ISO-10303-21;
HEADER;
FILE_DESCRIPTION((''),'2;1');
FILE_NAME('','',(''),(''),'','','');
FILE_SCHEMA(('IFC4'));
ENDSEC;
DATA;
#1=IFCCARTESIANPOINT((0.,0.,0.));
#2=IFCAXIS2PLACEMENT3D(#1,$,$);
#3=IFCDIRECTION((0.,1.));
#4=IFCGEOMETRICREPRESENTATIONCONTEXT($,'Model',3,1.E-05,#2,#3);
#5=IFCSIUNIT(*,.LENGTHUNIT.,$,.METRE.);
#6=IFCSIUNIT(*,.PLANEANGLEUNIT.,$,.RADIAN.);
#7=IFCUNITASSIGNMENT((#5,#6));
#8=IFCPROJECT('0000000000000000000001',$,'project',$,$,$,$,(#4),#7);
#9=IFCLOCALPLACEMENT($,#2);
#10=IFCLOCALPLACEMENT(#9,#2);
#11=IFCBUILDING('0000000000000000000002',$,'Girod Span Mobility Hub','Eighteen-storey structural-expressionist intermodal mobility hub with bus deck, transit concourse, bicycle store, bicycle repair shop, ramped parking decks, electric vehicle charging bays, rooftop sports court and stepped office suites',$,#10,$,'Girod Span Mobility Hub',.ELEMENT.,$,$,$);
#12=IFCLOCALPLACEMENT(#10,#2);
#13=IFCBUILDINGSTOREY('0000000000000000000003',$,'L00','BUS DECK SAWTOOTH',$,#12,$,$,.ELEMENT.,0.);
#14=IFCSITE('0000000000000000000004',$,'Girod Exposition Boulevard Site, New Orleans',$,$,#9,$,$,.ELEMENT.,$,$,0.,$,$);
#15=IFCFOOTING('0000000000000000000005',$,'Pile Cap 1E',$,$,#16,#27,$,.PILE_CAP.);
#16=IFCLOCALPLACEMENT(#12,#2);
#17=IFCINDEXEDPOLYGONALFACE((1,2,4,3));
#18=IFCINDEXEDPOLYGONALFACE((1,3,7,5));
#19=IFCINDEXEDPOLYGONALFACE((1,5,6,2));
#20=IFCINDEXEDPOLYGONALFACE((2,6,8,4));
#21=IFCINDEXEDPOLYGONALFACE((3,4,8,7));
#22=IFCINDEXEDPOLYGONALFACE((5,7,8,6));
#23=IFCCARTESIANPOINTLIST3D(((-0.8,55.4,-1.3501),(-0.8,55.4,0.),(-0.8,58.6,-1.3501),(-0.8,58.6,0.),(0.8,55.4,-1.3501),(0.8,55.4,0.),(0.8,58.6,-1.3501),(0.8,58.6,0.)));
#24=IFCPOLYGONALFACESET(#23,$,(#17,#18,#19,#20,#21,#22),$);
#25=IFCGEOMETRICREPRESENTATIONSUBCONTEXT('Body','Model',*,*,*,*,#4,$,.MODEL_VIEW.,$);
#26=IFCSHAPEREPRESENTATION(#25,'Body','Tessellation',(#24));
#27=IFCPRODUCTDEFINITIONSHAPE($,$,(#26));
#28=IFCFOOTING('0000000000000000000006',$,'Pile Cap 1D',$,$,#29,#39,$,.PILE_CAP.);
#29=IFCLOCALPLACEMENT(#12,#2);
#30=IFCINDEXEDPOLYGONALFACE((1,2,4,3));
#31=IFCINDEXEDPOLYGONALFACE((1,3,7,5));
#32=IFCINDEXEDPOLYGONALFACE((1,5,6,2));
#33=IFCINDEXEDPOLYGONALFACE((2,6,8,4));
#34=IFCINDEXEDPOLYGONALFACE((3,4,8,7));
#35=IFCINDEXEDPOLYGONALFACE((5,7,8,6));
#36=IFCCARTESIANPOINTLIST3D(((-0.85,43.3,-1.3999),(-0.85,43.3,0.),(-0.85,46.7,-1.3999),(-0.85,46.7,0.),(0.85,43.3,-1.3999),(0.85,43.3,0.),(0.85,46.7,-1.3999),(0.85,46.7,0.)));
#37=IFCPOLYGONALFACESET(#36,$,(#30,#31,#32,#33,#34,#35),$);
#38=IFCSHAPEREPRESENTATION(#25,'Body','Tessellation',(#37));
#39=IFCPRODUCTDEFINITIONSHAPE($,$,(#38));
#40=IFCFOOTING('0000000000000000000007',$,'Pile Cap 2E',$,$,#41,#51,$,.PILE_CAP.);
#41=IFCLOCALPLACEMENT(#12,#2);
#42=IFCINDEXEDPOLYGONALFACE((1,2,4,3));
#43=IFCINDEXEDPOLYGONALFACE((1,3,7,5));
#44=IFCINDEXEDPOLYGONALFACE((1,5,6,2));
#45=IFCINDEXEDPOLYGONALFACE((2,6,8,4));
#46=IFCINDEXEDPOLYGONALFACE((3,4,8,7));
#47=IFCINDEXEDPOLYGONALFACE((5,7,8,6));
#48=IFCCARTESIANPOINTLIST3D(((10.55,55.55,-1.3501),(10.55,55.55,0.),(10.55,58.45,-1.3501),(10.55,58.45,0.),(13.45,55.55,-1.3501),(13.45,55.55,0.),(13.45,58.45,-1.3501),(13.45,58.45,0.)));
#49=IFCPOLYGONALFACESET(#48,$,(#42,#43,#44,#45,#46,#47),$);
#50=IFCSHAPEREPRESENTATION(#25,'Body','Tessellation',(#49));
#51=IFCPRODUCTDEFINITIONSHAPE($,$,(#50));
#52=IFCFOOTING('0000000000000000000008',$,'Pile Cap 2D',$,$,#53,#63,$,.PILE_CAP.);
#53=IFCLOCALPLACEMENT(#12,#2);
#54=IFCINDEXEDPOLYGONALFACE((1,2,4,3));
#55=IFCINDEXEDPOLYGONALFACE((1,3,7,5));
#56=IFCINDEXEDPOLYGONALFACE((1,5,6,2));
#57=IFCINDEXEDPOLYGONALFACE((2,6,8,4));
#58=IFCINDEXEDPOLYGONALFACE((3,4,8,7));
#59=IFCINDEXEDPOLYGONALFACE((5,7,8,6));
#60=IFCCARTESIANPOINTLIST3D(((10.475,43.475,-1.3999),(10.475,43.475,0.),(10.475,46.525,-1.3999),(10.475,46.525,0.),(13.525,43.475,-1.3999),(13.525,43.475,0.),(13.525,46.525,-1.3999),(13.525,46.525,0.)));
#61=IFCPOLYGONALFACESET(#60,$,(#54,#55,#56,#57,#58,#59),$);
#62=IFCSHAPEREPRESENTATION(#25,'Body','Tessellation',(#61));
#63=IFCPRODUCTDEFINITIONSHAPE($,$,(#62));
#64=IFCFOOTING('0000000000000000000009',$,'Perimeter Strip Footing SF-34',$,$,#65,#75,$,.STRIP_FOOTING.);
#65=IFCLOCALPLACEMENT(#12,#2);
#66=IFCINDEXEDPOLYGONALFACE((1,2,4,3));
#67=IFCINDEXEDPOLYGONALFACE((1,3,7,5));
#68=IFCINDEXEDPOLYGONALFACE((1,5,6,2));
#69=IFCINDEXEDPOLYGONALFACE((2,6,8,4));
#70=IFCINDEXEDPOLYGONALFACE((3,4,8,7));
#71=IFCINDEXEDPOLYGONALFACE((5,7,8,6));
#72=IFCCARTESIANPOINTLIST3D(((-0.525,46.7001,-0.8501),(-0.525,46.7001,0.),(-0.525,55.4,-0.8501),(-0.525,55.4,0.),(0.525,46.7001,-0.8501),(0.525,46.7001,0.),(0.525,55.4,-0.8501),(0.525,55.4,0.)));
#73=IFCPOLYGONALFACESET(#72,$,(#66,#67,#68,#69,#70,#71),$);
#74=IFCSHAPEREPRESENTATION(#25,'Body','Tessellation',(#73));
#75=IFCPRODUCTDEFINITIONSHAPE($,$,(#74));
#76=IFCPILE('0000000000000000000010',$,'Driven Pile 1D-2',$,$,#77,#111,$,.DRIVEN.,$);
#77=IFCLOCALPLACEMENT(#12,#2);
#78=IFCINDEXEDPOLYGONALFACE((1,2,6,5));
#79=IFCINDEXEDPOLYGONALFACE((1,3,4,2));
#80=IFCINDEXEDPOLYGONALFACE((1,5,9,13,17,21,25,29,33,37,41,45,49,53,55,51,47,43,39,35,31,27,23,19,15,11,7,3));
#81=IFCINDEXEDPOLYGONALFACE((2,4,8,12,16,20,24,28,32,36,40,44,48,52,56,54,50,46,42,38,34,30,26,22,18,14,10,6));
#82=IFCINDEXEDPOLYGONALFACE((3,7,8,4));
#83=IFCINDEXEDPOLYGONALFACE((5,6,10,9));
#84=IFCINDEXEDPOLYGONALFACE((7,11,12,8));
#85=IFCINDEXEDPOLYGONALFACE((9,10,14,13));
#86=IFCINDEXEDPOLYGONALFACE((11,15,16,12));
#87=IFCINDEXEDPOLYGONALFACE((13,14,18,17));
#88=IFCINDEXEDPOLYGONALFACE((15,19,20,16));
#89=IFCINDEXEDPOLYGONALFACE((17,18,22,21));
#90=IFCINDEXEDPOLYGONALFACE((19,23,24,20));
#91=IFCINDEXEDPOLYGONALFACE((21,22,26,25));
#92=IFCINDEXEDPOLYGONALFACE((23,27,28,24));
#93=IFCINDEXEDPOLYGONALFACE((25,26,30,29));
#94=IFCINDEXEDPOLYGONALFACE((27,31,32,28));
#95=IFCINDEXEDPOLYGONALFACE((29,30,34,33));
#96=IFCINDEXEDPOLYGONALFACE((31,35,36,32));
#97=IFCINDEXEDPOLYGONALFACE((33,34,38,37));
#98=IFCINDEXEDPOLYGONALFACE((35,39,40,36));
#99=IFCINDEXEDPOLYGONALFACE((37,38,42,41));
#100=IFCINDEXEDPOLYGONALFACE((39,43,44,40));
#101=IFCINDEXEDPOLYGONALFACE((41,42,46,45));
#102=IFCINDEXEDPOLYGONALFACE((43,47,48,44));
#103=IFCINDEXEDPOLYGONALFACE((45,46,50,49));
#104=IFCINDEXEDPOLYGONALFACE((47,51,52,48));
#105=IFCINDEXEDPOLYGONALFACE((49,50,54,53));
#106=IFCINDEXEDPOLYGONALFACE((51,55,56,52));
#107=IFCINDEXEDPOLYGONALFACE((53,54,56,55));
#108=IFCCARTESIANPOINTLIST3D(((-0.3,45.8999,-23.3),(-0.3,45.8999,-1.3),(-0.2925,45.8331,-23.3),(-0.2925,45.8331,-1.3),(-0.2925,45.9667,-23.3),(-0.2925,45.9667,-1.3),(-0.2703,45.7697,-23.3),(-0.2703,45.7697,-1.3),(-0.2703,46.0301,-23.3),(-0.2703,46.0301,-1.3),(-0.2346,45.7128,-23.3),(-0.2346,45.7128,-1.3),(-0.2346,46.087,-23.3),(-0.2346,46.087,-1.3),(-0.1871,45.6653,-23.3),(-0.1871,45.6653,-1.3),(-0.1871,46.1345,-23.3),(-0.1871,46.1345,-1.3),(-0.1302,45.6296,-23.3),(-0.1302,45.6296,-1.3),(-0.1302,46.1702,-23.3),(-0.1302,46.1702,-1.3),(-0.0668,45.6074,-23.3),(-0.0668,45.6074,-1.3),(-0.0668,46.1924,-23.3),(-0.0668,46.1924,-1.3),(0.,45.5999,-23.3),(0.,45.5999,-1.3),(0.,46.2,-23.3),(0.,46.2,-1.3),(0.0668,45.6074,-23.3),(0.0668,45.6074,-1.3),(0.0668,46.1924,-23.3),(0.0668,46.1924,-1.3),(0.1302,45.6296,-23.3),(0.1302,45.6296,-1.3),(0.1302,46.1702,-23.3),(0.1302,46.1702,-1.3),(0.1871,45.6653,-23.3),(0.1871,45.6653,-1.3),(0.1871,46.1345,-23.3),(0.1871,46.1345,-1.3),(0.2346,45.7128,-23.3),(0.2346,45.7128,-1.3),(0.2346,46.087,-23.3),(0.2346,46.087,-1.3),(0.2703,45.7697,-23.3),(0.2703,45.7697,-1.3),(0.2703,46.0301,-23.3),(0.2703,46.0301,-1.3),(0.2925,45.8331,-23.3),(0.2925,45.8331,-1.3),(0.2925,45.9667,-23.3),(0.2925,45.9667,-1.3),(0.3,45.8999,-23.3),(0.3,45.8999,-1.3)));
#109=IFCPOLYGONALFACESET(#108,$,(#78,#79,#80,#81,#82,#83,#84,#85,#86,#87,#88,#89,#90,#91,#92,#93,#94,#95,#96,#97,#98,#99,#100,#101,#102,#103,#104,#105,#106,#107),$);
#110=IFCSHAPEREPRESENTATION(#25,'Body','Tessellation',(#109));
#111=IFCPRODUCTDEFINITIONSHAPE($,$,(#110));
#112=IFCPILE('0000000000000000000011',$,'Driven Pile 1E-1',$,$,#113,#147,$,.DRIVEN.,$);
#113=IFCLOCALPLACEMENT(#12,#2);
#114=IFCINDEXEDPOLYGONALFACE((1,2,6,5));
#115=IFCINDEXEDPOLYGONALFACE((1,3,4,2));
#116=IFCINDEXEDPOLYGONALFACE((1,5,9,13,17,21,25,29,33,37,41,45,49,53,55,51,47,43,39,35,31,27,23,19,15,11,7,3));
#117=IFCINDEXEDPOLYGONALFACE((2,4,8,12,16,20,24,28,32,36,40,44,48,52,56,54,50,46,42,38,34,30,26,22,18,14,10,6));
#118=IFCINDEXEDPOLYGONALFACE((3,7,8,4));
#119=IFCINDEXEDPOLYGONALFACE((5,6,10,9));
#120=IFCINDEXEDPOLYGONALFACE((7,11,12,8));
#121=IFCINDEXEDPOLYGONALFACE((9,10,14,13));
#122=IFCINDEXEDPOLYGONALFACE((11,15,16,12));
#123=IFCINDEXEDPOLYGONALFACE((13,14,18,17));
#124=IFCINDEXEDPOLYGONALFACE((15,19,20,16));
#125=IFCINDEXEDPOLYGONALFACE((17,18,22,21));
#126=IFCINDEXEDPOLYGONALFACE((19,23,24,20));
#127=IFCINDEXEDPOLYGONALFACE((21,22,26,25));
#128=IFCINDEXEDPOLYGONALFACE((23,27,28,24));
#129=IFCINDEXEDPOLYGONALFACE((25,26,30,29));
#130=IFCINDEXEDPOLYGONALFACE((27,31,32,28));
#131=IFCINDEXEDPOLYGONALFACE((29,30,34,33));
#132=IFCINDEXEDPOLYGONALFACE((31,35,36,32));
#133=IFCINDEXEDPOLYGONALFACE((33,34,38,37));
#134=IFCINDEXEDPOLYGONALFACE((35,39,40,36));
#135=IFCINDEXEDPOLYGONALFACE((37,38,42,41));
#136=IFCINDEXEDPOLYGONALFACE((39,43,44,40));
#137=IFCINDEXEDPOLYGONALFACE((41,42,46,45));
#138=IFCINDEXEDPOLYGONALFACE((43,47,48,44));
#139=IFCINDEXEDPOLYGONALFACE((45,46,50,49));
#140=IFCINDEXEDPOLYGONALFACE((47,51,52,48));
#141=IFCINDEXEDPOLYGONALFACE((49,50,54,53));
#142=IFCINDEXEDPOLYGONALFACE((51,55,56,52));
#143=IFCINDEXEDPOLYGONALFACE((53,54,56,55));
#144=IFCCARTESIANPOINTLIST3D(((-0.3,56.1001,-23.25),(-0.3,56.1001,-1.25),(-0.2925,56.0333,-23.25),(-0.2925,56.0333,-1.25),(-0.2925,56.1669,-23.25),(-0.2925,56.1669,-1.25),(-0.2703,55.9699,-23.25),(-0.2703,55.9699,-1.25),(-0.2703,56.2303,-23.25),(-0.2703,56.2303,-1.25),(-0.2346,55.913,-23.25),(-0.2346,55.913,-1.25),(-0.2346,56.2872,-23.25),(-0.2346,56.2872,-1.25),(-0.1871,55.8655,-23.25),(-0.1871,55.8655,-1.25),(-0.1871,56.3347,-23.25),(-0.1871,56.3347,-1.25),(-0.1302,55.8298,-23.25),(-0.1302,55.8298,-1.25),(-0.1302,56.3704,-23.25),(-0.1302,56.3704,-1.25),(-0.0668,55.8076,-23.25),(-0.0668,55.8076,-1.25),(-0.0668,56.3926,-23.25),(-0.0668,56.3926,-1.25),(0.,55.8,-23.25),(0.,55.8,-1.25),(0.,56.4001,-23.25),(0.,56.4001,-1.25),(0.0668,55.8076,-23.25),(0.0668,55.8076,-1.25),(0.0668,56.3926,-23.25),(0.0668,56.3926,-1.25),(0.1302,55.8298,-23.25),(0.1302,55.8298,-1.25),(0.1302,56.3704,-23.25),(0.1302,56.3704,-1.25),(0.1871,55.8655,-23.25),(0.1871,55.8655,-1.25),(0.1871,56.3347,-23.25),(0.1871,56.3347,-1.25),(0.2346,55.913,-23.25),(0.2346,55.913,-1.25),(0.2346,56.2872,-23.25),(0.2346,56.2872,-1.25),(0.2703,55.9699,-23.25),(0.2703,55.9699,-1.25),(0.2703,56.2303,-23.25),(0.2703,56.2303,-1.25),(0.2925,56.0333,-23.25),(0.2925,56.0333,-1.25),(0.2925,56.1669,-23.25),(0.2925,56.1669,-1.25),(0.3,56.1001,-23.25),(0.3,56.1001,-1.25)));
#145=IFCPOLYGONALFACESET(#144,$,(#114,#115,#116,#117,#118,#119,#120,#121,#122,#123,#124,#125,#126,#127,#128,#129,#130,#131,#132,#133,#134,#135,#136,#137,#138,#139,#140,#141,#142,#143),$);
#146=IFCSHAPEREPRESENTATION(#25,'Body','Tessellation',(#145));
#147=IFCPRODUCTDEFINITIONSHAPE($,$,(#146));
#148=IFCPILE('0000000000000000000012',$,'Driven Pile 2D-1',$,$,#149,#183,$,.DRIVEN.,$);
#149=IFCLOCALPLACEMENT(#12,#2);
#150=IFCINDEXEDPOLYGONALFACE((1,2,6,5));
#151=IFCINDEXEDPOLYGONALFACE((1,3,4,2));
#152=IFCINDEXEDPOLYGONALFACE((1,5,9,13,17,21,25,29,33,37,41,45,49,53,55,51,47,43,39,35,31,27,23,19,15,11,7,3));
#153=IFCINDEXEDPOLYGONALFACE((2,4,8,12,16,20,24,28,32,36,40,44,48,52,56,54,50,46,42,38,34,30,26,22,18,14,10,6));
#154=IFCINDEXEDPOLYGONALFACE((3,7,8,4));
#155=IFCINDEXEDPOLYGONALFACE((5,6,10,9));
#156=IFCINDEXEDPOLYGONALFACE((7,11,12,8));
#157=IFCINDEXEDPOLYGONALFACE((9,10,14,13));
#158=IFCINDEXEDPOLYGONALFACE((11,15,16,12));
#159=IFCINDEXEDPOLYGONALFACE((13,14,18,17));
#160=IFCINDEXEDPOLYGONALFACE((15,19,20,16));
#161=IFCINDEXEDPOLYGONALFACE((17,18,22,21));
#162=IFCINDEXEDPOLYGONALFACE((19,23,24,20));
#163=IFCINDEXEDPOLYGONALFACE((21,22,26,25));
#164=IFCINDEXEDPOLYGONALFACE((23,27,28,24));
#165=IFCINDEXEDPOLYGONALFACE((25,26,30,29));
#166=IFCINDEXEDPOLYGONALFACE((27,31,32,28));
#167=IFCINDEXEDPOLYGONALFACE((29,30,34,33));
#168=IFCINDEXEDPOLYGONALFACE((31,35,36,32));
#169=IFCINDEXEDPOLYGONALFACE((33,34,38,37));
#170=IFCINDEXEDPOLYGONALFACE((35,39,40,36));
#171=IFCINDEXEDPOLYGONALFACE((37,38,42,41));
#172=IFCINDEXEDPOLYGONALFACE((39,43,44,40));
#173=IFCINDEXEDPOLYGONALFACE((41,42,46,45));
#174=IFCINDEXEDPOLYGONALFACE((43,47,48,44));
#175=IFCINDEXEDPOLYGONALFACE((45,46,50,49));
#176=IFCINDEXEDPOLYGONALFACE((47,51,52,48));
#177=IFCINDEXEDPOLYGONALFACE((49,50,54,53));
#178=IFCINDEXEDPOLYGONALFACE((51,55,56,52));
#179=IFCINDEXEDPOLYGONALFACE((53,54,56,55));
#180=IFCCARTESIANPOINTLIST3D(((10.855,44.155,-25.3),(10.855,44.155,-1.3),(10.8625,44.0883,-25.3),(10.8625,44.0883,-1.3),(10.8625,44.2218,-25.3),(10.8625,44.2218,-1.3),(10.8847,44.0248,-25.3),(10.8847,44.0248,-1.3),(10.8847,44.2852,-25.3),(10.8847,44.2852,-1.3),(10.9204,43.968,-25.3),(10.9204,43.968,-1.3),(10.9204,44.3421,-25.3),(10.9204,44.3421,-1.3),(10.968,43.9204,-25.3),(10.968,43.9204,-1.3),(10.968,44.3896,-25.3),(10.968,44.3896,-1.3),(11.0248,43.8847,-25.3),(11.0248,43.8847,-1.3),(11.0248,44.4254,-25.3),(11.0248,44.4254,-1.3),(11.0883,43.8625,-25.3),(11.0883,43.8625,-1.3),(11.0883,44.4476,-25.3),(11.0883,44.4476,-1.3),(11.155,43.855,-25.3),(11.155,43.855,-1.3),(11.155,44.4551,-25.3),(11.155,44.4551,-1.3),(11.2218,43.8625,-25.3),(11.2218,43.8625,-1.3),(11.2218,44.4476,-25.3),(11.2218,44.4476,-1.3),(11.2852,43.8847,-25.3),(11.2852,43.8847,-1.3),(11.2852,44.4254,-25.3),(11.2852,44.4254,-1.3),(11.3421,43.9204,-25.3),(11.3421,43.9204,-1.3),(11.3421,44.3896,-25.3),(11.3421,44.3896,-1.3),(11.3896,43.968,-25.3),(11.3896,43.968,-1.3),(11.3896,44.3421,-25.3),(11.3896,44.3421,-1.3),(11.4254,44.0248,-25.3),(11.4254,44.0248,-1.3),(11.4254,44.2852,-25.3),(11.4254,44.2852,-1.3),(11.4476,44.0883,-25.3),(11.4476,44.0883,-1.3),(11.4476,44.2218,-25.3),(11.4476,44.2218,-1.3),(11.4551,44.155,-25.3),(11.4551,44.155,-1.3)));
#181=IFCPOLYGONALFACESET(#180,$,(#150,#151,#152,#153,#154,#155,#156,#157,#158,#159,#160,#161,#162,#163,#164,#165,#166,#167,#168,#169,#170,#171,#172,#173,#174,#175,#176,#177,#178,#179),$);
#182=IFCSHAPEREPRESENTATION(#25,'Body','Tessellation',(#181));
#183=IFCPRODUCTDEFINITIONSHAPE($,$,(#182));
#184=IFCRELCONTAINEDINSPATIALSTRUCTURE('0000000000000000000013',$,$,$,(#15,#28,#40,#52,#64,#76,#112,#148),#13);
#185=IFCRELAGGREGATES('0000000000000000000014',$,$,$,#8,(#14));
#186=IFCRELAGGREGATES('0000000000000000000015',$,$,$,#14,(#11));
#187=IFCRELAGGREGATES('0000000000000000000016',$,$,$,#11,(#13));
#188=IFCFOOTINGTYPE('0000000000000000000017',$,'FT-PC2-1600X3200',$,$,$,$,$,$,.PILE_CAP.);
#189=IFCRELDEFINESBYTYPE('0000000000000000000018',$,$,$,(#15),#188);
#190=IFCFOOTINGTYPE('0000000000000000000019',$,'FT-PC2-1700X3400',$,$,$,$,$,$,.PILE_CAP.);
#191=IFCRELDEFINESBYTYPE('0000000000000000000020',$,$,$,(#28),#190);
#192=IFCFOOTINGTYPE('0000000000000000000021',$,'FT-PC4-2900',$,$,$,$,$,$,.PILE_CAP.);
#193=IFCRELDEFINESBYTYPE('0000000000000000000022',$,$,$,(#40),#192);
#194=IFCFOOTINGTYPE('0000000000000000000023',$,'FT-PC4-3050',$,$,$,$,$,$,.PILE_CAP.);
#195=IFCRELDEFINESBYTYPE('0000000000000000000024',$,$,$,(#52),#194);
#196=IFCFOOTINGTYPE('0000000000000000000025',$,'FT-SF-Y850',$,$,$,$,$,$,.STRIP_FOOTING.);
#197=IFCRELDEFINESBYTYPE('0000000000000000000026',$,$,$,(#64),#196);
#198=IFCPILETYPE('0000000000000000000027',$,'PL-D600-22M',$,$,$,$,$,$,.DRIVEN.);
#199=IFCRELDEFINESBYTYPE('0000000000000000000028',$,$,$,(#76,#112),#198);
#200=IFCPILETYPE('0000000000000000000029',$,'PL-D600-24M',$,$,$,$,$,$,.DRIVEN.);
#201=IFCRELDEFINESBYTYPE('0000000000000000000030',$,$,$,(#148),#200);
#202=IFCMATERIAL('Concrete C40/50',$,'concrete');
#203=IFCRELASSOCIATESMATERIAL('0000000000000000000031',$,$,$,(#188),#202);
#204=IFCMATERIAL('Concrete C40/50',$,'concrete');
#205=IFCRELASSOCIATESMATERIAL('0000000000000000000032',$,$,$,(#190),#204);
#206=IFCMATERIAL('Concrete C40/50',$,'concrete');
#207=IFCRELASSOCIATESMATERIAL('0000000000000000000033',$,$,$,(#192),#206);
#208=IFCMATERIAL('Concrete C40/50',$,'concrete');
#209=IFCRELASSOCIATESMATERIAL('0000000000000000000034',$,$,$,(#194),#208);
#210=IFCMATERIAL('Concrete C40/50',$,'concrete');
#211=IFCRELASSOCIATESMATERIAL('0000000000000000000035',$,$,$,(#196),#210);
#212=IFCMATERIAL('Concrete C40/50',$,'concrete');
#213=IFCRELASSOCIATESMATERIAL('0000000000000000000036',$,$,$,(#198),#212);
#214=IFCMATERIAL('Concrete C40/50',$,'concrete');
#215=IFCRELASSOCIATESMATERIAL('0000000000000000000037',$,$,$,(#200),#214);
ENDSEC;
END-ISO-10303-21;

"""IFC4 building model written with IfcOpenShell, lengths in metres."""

from ifc_helpers import new_model, si_unit, direction, frame, origin, origin_2d, place, context, subcontext, project, spatial, rectangle, circle, extrude, material, material_profile, profile_set, type_object, element, save


model = new_model("IFC4")

# Units and contexts
model_context = context("Model", 3, precision=1e-05, world=origin(), true_north=direction((0.0, 1.0)))
body_context = subcontext(model_context, "Body", "Model", "MODEL_VIEW")
ifc_project = project(units=[si_unit("LENGTHUNIT", "METRE"), si_unit("PLANEANGLEUNIT", "RADIAN")], contexts=[model_context])

# Site, building, storey
site_placement = place(None, origin())
site = spatial("IfcSite", under=ifc_project, at=site_placement, Name="Girod Exposition Boulevard Site, New Orleans", CompositionType="ELEMENT", RefElevation=0.0)
building_placement = place(site_placement, origin())
building = spatial("IfcBuilding", under=site, at=building_placement, Name="Girod Span Mobility Hub", Description="Eighteen-storey structural-expressionist intermodal mobility hub with bus deck, transit concourse, bicycle store, bicycle repair shop, ramped parking decks, electric vehicle charging bays, rooftop sports court and stepped office suites", LongName="Girod Span Mobility Hub", CompositionType="ELEMENT")
storey_placement = place(building_placement, origin())
storey = spatial("IfcBuildingStorey", under=building, at=storey_placement, Name="L00", Description="BUS DECK SAWTOOTH", CompositionType="ELEMENT", Elevation=0.0)

# Footings
ifc_material_1 = material(Name="Concrete C40/50", Category="concrete")
footing_type_1 = type_object("IfcFootingType", Name="FT-PC2-1600X3200", PredefinedType="PILE_CAP", material=ifc_material_1)
footing_1_placement = place(storey_placement, frame((0.0, 57.0, -1.3501), z_axis=(0.0, 0.0, 1.0), x_axis=(1.0, 0.0, 0.0)))
element("IfcFooting", 1, at=footing_1_placement, inside=storey, type_object=footing_type_1, Name="Pile Cap 1E", PredefinedType="PILE_CAP", context=body_context, shape_type="SweptSolid", body=[
    extrude(rectangle(XDim=1.6001, YDim=3.2, at=origin_2d()), origin(), (0.0, 0.0, 1.0), 1.3501),
])
ifc_material_2 = material(Name="Concrete C40/50", Category="concrete")
footing_type_2 = type_object("IfcFootingType", Name="FT-PC2-1700X3400", PredefinedType="PILE_CAP", material=ifc_material_2)
footing_2_placement = place(storey_placement, frame((0.0, 45.0, -1.3999), z_axis=(0.0, 0.0, 1.0), x_axis=(1.0, 0.0, 0.0)))
element("IfcFooting", 2, at=footing_2_placement, inside=storey, type_object=footing_type_2, Name="Pile Cap 1D", PredefinedType="PILE_CAP", context=body_context, shape_type="SweptSolid", body=[
    extrude(rectangle(XDim=1.7, YDim=3.3999, at=origin_2d()), origin(), (0.0, 0.0, 1.0), 1.3999),
])
ifc_material_3 = material(Name="Concrete C40/50", Category="concrete")
footing_type_3 = type_object("IfcFootingType", Name="FT-PC4-2900", PredefinedType="PILE_CAP", material=ifc_material_3)
footing_3_placement = place(storey_placement, frame((12.0, 57.0, -1.3501), z_axis=(0.0, 0.0, 1.0), x_axis=(1.0, 0.0, 0.0)))
element("IfcFooting", 3, at=footing_3_placement, inside=storey, type_object=footing_type_3, Name="Pile Cap 2E", PredefinedType="PILE_CAP", context=body_context, shape_type="SweptSolid", body=[
    extrude(rectangle(XDim=2.8999, YDim=2.8999, at=origin_2d()), origin(), (0.0, 0.0, 1.0), 1.3501),
])
ifc_material_4 = material(Name="Concrete C40/50", Category="concrete")
footing_type_4 = type_object("IfcFootingType", Name="FT-PC4-3050", PredefinedType="PILE_CAP", material=ifc_material_4)
footing_4_placement = place(storey_placement, frame((12.0, 45.0, -1.3999), z_axis=(0.0, 0.0, 1.0), x_axis=(1.0, 0.0, 0.0)))
element("IfcFooting", 4, at=footing_4_placement, inside=storey, type_object=footing_type_4, Name="Pile Cap 2D", PredefinedType="PILE_CAP", context=body_context, shape_type="SweptSolid", body=[
    extrude(rectangle(XDim=3.05, YDim=3.05, at=origin_2d()), origin(), (0.0, 0.0, 1.0), 1.3999),
])
ifc_material_5 = material(Name="Concrete C40/50", Category="concrete")
footing_type_5 = type_object("IfcFootingType", Name="FT-SF-Y850", PredefinedType="STRIP_FOOTING", material=ifc_material_5)
footing_5_placement = place(storey_placement, frame((0.0, 51.05, -0.8501), z_axis=(0.0, 0.0, 1.0), x_axis=(1.0, 0.0, 0.0)))
element("IfcFooting", 5, at=footing_5_placement, inside=storey, type_object=footing_type_5, Name="Perimeter Strip Footing SF-34", PredefinedType="STRIP_FOOTING", context=body_context, shape_type="SweptSolid", body=[
    extrude(rectangle(XDim=1.05, YDim=8.7, at=origin_2d()), origin(), (0.0, 0.0, 1.0), 0.8501),
])

# Piles
ifc_material_6 = material(Name="Concrete C40/50", Category="concrete")
ifc_material_profile_1 = material_profile(ifc_material_6, circle(Radius=0.3, at=origin_2d()), Name="PILE-D600")
ifc_profile_set_1 = profile_set([ifc_material_profile_1], Name="Concrete C40/50")
pile_type_1 = type_object("IfcPileType", Name="PL-D600-22M", PredefinedType="DRIVEN", material=ifc_profile_set_1)
for number, where, z_axis, x_axis, name in (
    (6, (0.0, 45.8999, -1.3), (0.0, 0.0, -1.0), (1.0, 0.0, 0.0), "Driven Pile 1D-2"),
    (7, (0.0, 56.1001, -1.25), (0.0, 0.0, -1.0), (1.0, 0.0, 0.0), "Driven Pile 1E-1"),
):
    element("IfcPile", number, at=place(storey_placement, frame(where, z_axis=z_axis, x_axis=x_axis)), inside=storey, type_object=pile_type_1, Name=name, PredefinedType="DRIVEN", context=body_context, shape_type="SweptSolid", body=[
        extrude(circle(Radius=0.3, at=origin_2d()), origin(), (0.0, 0.0, 1.0), 22.0),
    ])
ifc_material_7 = material(Name="Concrete C40/50", Category="concrete")
ifc_material_profile_2 = material_profile(ifc_material_7, circle(Radius=0.3, at=origin_2d()), Name="PILE-D600")
ifc_profile_set_2 = profile_set([ifc_material_profile_2], Name="Concrete C40/50")
pile_type_2 = type_object("IfcPileType", Name="PL-D600-24M", PredefinedType="DRIVEN", material=ifc_profile_set_2)
for number, where, z_axis, x_axis, name in (
    (8, (11.155, 44.155, -1.3), (0.0, 0.0, -1.0), (1.0, 0.0, 0.0), "Driven Pile 2D-1"),
):
    element("IfcPile", number, at=place(storey_placement, frame(where, z_axis=z_axis, x_axis=x_axis)), inside=storey, type_object=pile_type_2, Name=name, PredefinedType="DRIVEN", context=body_context, shape_type="SweptSolid", body=[
        extrude(circle(Radius=0.3, at=origin_2d()), origin(), (0.0, 0.0, 1.0), 24.0),
    ])

save(model, "model.ifc")
